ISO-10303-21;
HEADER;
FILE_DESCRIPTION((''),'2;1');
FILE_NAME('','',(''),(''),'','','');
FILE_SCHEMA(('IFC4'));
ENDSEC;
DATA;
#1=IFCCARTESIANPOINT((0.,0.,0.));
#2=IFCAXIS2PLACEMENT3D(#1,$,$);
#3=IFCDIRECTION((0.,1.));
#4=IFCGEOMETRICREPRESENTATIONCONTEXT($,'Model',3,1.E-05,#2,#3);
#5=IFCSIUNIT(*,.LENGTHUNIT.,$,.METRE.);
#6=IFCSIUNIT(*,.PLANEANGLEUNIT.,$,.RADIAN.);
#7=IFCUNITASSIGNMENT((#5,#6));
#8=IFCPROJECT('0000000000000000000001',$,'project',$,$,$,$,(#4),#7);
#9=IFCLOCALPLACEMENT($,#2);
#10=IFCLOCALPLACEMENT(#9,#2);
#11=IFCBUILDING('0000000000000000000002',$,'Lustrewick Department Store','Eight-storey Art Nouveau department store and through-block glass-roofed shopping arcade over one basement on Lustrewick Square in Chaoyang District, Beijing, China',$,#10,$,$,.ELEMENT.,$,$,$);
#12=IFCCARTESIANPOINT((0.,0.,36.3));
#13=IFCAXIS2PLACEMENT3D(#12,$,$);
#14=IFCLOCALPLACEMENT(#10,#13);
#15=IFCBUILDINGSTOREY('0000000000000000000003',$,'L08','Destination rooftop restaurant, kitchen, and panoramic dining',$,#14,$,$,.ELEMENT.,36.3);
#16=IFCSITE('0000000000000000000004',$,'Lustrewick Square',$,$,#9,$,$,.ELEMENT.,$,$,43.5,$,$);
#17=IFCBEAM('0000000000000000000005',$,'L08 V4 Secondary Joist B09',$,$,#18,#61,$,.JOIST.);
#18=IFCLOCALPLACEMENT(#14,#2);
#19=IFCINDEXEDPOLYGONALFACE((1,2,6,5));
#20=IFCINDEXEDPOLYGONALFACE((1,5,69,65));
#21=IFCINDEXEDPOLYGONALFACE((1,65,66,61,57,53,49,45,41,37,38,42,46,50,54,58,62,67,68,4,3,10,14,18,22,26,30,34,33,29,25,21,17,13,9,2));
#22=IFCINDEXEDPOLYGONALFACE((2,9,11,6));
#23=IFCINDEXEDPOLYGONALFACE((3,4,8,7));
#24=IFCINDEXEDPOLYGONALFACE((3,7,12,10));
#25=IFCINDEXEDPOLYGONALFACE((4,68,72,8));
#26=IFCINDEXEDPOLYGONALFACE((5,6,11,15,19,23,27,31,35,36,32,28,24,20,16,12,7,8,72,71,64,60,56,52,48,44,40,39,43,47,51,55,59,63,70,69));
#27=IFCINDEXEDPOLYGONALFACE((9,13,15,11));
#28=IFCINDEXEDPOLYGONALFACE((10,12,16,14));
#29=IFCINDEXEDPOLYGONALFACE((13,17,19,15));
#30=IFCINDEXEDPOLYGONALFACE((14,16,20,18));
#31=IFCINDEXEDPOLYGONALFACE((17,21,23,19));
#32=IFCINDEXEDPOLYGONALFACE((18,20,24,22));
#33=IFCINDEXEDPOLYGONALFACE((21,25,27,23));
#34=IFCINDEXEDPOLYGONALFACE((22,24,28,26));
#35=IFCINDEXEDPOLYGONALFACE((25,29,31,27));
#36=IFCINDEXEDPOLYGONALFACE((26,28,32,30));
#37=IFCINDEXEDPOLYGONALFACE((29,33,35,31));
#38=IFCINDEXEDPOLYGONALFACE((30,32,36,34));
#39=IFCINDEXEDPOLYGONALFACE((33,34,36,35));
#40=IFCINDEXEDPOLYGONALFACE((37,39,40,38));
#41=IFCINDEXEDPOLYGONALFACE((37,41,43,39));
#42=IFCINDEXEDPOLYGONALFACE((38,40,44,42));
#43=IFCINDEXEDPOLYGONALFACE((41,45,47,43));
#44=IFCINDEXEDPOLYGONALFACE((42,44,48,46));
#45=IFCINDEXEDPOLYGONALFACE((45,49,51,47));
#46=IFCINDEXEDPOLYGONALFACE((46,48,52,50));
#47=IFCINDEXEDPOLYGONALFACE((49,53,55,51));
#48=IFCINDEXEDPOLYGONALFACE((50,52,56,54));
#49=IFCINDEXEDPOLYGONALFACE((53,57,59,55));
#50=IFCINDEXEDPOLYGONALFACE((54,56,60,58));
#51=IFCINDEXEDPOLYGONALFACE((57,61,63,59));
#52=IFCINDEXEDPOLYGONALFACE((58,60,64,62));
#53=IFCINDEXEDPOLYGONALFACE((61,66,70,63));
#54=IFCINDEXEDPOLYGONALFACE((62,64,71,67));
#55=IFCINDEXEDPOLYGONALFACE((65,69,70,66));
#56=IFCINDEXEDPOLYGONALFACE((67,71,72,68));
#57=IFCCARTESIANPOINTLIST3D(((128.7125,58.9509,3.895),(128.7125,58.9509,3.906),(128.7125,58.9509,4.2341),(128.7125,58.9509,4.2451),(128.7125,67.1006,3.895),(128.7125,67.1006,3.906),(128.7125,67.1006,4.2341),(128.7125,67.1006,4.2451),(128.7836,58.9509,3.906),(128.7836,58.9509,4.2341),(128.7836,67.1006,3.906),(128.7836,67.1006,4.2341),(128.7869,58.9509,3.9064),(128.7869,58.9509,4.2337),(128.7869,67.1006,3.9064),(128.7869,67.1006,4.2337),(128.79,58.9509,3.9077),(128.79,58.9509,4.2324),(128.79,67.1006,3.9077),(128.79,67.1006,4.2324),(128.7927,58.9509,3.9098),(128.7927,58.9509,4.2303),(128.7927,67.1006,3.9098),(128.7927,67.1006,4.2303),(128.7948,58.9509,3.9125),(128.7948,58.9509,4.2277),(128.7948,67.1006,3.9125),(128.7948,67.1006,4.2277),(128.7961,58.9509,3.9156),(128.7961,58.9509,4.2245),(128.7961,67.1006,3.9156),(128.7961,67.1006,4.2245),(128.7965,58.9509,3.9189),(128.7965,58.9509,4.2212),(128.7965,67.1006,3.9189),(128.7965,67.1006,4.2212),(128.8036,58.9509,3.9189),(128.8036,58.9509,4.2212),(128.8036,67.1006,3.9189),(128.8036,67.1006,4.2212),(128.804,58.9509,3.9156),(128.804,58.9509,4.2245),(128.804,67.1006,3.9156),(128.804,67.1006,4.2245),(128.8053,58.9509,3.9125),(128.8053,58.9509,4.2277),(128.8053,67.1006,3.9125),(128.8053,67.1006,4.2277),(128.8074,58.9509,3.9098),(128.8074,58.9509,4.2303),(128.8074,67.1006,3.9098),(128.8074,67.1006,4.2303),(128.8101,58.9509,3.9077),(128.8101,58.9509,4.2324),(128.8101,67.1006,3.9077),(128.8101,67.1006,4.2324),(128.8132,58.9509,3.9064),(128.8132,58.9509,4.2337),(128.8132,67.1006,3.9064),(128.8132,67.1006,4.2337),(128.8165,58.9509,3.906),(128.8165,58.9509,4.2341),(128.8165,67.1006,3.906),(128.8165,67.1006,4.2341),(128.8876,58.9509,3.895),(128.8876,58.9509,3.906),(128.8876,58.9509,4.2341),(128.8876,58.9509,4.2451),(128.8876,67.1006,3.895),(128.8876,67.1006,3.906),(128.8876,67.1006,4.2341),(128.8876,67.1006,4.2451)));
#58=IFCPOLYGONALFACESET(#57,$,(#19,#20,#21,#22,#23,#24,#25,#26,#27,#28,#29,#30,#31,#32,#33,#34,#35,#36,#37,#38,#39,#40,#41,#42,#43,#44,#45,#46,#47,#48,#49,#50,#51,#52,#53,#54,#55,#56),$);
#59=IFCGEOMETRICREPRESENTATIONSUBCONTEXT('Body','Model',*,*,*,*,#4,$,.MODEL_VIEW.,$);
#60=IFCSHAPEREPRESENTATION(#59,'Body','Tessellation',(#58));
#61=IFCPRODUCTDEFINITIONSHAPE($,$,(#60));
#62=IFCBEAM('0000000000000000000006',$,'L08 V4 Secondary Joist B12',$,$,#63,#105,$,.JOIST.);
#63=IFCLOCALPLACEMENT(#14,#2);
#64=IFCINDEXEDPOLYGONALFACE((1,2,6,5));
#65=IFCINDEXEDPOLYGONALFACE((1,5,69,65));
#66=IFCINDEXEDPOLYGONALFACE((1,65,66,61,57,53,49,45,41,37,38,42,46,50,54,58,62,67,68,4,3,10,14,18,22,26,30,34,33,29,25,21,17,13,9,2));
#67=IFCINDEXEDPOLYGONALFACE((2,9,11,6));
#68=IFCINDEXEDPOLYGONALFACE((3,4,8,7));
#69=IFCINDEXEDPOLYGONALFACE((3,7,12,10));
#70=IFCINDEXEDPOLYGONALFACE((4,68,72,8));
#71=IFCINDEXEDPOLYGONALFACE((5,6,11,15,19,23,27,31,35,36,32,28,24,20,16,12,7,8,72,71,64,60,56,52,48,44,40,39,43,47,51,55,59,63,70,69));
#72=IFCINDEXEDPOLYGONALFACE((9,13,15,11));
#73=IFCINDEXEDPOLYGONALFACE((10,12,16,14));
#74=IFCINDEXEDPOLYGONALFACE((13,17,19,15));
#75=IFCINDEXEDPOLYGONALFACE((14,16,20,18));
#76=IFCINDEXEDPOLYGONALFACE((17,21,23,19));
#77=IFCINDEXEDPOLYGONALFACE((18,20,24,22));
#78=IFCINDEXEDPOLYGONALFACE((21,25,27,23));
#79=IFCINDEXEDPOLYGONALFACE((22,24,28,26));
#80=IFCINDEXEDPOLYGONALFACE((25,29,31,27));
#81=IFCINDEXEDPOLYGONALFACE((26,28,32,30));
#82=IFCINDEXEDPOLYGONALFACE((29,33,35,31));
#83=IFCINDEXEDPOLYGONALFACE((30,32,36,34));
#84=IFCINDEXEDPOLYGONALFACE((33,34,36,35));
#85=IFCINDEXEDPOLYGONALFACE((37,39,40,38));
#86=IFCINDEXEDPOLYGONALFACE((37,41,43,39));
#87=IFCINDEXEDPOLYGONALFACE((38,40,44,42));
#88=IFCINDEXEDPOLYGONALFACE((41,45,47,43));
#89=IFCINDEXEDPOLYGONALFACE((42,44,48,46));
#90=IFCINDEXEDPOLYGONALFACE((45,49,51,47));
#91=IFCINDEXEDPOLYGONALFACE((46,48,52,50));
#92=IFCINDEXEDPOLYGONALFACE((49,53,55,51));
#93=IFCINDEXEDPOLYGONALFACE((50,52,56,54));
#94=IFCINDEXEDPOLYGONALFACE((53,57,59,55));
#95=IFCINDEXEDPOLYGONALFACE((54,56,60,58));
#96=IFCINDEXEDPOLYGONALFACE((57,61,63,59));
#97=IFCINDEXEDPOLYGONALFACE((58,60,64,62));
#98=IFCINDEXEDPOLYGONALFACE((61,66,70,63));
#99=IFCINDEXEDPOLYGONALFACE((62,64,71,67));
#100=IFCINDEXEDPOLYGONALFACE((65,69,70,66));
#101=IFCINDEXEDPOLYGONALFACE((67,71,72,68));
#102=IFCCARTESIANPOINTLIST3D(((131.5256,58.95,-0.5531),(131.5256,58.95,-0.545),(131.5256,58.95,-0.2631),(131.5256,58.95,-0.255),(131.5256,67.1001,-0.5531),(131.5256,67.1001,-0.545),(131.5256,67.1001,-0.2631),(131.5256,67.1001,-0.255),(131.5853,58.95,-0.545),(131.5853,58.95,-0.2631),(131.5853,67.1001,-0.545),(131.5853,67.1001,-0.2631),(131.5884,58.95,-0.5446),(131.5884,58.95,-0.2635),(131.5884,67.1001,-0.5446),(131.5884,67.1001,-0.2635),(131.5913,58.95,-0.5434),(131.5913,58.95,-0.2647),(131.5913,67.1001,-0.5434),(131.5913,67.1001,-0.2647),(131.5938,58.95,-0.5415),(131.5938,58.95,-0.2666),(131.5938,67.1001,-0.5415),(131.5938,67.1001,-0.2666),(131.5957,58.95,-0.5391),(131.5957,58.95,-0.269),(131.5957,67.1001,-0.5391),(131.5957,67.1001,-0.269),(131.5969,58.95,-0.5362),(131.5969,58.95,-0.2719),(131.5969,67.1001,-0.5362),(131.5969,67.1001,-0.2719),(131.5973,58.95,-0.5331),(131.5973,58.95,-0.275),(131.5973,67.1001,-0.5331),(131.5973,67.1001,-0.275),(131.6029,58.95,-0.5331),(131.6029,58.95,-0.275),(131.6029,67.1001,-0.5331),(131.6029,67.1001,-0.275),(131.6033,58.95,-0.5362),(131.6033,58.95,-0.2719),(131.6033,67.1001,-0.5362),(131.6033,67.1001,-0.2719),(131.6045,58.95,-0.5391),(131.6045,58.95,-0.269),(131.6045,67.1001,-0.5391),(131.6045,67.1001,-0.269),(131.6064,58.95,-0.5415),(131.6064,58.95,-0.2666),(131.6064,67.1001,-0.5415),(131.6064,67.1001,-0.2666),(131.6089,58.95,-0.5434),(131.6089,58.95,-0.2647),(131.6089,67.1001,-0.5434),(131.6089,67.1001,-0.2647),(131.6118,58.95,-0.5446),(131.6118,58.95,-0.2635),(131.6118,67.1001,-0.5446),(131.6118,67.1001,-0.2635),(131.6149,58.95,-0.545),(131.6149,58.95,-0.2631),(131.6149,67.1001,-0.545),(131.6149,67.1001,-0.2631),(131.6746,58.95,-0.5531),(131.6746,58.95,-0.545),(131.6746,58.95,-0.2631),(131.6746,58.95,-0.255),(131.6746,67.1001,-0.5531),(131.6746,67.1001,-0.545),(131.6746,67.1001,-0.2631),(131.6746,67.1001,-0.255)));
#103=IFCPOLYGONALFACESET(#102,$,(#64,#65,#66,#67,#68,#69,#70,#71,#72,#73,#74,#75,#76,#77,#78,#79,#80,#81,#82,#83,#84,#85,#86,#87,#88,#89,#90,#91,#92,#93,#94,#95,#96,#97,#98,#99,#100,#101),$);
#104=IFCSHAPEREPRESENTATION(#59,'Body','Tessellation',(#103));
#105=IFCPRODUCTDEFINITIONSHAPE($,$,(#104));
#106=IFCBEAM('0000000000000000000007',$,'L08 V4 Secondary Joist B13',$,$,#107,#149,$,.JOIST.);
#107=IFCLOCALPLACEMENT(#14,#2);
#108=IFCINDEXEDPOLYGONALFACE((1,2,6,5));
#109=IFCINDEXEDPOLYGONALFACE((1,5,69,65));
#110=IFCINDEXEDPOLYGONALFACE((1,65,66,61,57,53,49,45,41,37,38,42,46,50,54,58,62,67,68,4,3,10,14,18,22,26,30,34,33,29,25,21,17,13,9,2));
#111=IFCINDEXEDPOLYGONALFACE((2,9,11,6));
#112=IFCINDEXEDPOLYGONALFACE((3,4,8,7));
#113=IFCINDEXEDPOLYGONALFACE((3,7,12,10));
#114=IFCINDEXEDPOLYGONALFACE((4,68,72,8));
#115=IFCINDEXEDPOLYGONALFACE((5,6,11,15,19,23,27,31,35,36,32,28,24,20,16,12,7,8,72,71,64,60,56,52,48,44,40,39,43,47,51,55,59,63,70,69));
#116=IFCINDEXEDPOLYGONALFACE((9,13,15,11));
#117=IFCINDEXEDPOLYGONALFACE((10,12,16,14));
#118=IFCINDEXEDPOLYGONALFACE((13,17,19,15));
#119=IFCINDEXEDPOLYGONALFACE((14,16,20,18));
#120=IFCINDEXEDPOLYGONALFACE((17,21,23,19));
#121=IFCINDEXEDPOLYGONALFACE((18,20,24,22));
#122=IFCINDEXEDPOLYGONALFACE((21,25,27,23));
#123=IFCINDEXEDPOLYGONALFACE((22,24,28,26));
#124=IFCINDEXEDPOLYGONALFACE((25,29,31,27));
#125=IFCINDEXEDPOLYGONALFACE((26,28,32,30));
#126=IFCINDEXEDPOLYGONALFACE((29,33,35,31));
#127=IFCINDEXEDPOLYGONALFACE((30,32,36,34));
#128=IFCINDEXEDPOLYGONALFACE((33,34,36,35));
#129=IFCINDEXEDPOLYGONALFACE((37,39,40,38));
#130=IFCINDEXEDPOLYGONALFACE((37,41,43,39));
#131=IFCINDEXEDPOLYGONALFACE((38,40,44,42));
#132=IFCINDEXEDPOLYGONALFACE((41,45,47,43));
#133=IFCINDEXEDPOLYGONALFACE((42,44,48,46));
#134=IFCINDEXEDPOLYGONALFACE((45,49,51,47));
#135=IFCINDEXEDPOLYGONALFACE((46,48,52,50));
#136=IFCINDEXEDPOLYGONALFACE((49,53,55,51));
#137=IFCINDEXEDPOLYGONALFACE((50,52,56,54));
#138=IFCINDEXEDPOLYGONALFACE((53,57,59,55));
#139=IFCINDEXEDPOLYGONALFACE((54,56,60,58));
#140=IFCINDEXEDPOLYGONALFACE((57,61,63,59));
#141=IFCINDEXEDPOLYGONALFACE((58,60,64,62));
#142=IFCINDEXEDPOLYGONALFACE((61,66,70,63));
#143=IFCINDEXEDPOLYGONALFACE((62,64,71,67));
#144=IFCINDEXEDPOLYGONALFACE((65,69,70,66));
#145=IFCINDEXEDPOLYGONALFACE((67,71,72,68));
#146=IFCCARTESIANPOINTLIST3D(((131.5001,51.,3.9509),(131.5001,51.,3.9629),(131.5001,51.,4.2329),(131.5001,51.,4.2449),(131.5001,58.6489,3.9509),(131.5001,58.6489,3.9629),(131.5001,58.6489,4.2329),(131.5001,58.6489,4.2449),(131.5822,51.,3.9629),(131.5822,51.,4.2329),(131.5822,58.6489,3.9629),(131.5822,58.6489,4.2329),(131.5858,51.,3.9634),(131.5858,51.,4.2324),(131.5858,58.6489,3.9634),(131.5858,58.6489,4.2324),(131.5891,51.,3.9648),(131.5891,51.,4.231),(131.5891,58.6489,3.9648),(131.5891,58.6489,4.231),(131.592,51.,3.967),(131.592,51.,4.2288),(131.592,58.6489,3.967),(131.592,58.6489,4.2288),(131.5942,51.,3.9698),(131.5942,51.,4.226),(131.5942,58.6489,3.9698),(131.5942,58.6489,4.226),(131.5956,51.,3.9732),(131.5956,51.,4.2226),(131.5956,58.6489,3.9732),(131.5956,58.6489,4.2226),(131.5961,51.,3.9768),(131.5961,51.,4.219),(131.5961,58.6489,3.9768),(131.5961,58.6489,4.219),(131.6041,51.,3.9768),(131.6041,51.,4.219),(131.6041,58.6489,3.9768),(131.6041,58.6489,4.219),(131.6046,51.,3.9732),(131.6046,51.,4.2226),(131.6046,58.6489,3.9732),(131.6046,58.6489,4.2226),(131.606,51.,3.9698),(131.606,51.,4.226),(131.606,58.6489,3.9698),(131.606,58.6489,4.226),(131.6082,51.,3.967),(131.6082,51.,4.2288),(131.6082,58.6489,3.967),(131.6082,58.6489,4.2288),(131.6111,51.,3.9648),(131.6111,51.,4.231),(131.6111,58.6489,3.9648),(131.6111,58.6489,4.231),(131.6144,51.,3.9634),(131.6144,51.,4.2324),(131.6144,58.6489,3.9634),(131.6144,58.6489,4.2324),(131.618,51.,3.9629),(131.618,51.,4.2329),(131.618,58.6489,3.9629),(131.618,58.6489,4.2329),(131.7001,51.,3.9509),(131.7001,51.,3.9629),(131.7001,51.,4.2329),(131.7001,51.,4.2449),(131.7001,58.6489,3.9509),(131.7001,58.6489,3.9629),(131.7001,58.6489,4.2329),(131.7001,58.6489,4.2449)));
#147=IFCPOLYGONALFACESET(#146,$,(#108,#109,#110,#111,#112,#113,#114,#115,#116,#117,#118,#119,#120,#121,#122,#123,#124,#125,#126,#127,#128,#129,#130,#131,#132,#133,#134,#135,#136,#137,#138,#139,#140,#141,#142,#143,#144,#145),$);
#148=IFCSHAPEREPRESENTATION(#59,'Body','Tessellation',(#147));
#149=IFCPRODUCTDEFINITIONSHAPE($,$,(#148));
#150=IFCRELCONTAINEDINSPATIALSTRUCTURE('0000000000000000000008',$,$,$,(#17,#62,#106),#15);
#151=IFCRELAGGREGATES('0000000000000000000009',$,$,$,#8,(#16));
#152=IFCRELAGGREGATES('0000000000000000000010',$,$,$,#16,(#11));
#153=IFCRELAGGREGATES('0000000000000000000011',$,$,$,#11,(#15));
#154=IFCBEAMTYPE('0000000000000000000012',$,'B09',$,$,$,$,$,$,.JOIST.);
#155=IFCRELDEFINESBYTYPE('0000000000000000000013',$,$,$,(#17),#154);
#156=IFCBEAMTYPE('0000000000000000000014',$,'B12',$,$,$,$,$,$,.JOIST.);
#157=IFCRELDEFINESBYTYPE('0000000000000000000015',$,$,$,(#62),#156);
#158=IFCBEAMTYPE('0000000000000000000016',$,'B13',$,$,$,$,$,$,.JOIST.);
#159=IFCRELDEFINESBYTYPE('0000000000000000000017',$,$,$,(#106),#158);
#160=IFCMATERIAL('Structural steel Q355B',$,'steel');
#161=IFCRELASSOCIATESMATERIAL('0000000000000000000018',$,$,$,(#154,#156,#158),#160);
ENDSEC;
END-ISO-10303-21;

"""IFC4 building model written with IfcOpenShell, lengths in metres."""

from ifc_helpers import new_model, si_unit, direction, frame, origin, origin_2d, place, context, subcontext, project, spatial, i_section, extrude, material, material_profile, profile_set, type_object, element, save


model = new_model("IFC4")

# Units and contexts
model_context = context("Model", 3, precision=1e-05, world=origin(), true_north=direction((0.0, 1.0)))
body_context = subcontext(model_context, "Body", "Model", "MODEL_VIEW")
ifc_project = project(units=[si_unit("LENGTHUNIT", "METRE"), si_unit("PLANEANGLEUNIT", "RADIAN")], contexts=[model_context])

# Site, building, storey
site_placement = place(None, origin())
site = spatial("IfcSite", under=ifc_project, at=site_placement, Name="Lustrewick Square", CompositionType="ELEMENT", RefElevation=43.5)
building_placement = place(site_placement, origin())
building = spatial("IfcBuilding", under=site, at=building_placement, Name="Lustrewick Department Store", Description="Eight-storey Art Nouveau department store and through-block glass-roofed shopping arcade over one basement on Lustrewick Square in Chaoyang District, Beijing, China", CompositionType="ELEMENT")
storey_placement = place(building_placement, frame((0.0, 0.0, 36.3)))
storey = spatial("IfcBuildingStorey", under=building, at=storey_placement, Name="L08", Description="Destination rooftop restaurant, kitchen, and panoramic dining", CompositionType="ELEMENT", Elevation=36.3)

# Shared definitions
ifc_material_1 = material(Name="Structural steel Q355B", Category="steel")

# Beams
ifc_material_profile_1 = material_profile(ifc_material_1, i_section(OverallWidth=0.175, OverallDepth=0.3501, WebThickness=0.0071, FlangeThickness=0.011, FilletRadius=0.0129, at=origin_2d()), Name="HN 350x175x7x11")
ifc_profile_set_1 = profile_set([ifc_material_profile_1], Name="Structural steel Q355B")
beam_type_1 = type_object("IfcBeamType", Name="B09", PredefinedType="JOIST", material=ifc_profile_set_1)
beam_1_placement = place(storey_placement, frame((128.8, 58.9509, 4.0701), z_axis=(0.0, 1.0, 0.0), x_axis=(-1.0, 0.0, 0.0)))
element("IfcBeam", 1, at=beam_1_placement, inside=storey, type_object=beam_type_1, Name="L08 V4 Secondary Joist B09", PredefinedType="JOIST", context=body_context, shape_type="SweptSolid", body=[
    extrude(i_section(OverallWidth=0.175, OverallDepth=0.3501, WebThickness=0.0071, FlangeThickness=0.011, FilletRadius=0.0129, at=origin_2d()), origin(), (0.0, 0.0, 1.0), 8.1497),
])
ifc_material_profile_2 = material_profile(ifc_material_1, i_section(OverallWidth=0.1489, OverallDepth=0.2981, WebThickness=0.0056, FlangeThickness=0.0081, FilletRadius=0.012, at=origin_2d()), Name="HN 298x149x5.5x8")
ifc_profile_set_2 = profile_set([ifc_material_profile_2], Name="Structural steel Q355B")
beam_type_2 = type_object("IfcBeamType", Name="B12", PredefinedType="JOIST", material=ifc_profile_set_2)
beam_2_placement = place(storey_placement, frame((131.6001, 58.95, -0.4041), z_axis=(0.0, 1.0, 0.0), x_axis=(-1.0, 0.0, 0.0)))
element("IfcBeam", 2, at=beam_2_placement, inside=storey, type_object=beam_type_2, Name="L08 V4 Secondary Joist B12", PredefinedType="JOIST", context=body_context, shape_type="SweptSolid", body=[
    extrude(i_section(OverallWidth=0.1489, OverallDepth=0.2981, WebThickness=0.0056, FlangeThickness=0.0081, FilletRadius=0.012, at=origin_2d()), origin(), (0.0, 0.0, 1.0), 8.1501),
])
ifc_material_profile_3 = material_profile(ifc_material_1, i_section(OverallWidth=0.2, OverallDepth=0.2939, WebThickness=0.0081, FlangeThickness=0.012, FilletRadius=0.0139, at=origin_2d()), Name="HM 294x200x8x12")
ifc_profile_set_3 = profile_set([ifc_material_profile_3], Name="Structural steel Q355B")
beam_type_3 = type_object("IfcBeamType", Name="B13", PredefinedType="JOIST", material=ifc_profile_set_3)
beam_3_placement = place(storey_placement, frame((131.6001, 51.0, 4.0979), z_axis=(0.0, 1.0, 0.0), x_axis=(-1.0, 0.0, 0.0)))
element("IfcBeam", 3, at=beam_3_placement, inside=storey, type_object=beam_type_3, Name="L08 V4 Secondary Joist B13", PredefinedType="JOIST", context=body_context, shape_type="SweptSolid", body=[
    extrude(i_section(OverallWidth=0.2, OverallDepth=0.2939, WebThickness=0.0081, FlangeThickness=0.012, FilletRadius=0.0139, at=origin_2d()), origin(), (0.0, 0.0, 1.0), 7.6489),
])

save(model, "model.ifc")
